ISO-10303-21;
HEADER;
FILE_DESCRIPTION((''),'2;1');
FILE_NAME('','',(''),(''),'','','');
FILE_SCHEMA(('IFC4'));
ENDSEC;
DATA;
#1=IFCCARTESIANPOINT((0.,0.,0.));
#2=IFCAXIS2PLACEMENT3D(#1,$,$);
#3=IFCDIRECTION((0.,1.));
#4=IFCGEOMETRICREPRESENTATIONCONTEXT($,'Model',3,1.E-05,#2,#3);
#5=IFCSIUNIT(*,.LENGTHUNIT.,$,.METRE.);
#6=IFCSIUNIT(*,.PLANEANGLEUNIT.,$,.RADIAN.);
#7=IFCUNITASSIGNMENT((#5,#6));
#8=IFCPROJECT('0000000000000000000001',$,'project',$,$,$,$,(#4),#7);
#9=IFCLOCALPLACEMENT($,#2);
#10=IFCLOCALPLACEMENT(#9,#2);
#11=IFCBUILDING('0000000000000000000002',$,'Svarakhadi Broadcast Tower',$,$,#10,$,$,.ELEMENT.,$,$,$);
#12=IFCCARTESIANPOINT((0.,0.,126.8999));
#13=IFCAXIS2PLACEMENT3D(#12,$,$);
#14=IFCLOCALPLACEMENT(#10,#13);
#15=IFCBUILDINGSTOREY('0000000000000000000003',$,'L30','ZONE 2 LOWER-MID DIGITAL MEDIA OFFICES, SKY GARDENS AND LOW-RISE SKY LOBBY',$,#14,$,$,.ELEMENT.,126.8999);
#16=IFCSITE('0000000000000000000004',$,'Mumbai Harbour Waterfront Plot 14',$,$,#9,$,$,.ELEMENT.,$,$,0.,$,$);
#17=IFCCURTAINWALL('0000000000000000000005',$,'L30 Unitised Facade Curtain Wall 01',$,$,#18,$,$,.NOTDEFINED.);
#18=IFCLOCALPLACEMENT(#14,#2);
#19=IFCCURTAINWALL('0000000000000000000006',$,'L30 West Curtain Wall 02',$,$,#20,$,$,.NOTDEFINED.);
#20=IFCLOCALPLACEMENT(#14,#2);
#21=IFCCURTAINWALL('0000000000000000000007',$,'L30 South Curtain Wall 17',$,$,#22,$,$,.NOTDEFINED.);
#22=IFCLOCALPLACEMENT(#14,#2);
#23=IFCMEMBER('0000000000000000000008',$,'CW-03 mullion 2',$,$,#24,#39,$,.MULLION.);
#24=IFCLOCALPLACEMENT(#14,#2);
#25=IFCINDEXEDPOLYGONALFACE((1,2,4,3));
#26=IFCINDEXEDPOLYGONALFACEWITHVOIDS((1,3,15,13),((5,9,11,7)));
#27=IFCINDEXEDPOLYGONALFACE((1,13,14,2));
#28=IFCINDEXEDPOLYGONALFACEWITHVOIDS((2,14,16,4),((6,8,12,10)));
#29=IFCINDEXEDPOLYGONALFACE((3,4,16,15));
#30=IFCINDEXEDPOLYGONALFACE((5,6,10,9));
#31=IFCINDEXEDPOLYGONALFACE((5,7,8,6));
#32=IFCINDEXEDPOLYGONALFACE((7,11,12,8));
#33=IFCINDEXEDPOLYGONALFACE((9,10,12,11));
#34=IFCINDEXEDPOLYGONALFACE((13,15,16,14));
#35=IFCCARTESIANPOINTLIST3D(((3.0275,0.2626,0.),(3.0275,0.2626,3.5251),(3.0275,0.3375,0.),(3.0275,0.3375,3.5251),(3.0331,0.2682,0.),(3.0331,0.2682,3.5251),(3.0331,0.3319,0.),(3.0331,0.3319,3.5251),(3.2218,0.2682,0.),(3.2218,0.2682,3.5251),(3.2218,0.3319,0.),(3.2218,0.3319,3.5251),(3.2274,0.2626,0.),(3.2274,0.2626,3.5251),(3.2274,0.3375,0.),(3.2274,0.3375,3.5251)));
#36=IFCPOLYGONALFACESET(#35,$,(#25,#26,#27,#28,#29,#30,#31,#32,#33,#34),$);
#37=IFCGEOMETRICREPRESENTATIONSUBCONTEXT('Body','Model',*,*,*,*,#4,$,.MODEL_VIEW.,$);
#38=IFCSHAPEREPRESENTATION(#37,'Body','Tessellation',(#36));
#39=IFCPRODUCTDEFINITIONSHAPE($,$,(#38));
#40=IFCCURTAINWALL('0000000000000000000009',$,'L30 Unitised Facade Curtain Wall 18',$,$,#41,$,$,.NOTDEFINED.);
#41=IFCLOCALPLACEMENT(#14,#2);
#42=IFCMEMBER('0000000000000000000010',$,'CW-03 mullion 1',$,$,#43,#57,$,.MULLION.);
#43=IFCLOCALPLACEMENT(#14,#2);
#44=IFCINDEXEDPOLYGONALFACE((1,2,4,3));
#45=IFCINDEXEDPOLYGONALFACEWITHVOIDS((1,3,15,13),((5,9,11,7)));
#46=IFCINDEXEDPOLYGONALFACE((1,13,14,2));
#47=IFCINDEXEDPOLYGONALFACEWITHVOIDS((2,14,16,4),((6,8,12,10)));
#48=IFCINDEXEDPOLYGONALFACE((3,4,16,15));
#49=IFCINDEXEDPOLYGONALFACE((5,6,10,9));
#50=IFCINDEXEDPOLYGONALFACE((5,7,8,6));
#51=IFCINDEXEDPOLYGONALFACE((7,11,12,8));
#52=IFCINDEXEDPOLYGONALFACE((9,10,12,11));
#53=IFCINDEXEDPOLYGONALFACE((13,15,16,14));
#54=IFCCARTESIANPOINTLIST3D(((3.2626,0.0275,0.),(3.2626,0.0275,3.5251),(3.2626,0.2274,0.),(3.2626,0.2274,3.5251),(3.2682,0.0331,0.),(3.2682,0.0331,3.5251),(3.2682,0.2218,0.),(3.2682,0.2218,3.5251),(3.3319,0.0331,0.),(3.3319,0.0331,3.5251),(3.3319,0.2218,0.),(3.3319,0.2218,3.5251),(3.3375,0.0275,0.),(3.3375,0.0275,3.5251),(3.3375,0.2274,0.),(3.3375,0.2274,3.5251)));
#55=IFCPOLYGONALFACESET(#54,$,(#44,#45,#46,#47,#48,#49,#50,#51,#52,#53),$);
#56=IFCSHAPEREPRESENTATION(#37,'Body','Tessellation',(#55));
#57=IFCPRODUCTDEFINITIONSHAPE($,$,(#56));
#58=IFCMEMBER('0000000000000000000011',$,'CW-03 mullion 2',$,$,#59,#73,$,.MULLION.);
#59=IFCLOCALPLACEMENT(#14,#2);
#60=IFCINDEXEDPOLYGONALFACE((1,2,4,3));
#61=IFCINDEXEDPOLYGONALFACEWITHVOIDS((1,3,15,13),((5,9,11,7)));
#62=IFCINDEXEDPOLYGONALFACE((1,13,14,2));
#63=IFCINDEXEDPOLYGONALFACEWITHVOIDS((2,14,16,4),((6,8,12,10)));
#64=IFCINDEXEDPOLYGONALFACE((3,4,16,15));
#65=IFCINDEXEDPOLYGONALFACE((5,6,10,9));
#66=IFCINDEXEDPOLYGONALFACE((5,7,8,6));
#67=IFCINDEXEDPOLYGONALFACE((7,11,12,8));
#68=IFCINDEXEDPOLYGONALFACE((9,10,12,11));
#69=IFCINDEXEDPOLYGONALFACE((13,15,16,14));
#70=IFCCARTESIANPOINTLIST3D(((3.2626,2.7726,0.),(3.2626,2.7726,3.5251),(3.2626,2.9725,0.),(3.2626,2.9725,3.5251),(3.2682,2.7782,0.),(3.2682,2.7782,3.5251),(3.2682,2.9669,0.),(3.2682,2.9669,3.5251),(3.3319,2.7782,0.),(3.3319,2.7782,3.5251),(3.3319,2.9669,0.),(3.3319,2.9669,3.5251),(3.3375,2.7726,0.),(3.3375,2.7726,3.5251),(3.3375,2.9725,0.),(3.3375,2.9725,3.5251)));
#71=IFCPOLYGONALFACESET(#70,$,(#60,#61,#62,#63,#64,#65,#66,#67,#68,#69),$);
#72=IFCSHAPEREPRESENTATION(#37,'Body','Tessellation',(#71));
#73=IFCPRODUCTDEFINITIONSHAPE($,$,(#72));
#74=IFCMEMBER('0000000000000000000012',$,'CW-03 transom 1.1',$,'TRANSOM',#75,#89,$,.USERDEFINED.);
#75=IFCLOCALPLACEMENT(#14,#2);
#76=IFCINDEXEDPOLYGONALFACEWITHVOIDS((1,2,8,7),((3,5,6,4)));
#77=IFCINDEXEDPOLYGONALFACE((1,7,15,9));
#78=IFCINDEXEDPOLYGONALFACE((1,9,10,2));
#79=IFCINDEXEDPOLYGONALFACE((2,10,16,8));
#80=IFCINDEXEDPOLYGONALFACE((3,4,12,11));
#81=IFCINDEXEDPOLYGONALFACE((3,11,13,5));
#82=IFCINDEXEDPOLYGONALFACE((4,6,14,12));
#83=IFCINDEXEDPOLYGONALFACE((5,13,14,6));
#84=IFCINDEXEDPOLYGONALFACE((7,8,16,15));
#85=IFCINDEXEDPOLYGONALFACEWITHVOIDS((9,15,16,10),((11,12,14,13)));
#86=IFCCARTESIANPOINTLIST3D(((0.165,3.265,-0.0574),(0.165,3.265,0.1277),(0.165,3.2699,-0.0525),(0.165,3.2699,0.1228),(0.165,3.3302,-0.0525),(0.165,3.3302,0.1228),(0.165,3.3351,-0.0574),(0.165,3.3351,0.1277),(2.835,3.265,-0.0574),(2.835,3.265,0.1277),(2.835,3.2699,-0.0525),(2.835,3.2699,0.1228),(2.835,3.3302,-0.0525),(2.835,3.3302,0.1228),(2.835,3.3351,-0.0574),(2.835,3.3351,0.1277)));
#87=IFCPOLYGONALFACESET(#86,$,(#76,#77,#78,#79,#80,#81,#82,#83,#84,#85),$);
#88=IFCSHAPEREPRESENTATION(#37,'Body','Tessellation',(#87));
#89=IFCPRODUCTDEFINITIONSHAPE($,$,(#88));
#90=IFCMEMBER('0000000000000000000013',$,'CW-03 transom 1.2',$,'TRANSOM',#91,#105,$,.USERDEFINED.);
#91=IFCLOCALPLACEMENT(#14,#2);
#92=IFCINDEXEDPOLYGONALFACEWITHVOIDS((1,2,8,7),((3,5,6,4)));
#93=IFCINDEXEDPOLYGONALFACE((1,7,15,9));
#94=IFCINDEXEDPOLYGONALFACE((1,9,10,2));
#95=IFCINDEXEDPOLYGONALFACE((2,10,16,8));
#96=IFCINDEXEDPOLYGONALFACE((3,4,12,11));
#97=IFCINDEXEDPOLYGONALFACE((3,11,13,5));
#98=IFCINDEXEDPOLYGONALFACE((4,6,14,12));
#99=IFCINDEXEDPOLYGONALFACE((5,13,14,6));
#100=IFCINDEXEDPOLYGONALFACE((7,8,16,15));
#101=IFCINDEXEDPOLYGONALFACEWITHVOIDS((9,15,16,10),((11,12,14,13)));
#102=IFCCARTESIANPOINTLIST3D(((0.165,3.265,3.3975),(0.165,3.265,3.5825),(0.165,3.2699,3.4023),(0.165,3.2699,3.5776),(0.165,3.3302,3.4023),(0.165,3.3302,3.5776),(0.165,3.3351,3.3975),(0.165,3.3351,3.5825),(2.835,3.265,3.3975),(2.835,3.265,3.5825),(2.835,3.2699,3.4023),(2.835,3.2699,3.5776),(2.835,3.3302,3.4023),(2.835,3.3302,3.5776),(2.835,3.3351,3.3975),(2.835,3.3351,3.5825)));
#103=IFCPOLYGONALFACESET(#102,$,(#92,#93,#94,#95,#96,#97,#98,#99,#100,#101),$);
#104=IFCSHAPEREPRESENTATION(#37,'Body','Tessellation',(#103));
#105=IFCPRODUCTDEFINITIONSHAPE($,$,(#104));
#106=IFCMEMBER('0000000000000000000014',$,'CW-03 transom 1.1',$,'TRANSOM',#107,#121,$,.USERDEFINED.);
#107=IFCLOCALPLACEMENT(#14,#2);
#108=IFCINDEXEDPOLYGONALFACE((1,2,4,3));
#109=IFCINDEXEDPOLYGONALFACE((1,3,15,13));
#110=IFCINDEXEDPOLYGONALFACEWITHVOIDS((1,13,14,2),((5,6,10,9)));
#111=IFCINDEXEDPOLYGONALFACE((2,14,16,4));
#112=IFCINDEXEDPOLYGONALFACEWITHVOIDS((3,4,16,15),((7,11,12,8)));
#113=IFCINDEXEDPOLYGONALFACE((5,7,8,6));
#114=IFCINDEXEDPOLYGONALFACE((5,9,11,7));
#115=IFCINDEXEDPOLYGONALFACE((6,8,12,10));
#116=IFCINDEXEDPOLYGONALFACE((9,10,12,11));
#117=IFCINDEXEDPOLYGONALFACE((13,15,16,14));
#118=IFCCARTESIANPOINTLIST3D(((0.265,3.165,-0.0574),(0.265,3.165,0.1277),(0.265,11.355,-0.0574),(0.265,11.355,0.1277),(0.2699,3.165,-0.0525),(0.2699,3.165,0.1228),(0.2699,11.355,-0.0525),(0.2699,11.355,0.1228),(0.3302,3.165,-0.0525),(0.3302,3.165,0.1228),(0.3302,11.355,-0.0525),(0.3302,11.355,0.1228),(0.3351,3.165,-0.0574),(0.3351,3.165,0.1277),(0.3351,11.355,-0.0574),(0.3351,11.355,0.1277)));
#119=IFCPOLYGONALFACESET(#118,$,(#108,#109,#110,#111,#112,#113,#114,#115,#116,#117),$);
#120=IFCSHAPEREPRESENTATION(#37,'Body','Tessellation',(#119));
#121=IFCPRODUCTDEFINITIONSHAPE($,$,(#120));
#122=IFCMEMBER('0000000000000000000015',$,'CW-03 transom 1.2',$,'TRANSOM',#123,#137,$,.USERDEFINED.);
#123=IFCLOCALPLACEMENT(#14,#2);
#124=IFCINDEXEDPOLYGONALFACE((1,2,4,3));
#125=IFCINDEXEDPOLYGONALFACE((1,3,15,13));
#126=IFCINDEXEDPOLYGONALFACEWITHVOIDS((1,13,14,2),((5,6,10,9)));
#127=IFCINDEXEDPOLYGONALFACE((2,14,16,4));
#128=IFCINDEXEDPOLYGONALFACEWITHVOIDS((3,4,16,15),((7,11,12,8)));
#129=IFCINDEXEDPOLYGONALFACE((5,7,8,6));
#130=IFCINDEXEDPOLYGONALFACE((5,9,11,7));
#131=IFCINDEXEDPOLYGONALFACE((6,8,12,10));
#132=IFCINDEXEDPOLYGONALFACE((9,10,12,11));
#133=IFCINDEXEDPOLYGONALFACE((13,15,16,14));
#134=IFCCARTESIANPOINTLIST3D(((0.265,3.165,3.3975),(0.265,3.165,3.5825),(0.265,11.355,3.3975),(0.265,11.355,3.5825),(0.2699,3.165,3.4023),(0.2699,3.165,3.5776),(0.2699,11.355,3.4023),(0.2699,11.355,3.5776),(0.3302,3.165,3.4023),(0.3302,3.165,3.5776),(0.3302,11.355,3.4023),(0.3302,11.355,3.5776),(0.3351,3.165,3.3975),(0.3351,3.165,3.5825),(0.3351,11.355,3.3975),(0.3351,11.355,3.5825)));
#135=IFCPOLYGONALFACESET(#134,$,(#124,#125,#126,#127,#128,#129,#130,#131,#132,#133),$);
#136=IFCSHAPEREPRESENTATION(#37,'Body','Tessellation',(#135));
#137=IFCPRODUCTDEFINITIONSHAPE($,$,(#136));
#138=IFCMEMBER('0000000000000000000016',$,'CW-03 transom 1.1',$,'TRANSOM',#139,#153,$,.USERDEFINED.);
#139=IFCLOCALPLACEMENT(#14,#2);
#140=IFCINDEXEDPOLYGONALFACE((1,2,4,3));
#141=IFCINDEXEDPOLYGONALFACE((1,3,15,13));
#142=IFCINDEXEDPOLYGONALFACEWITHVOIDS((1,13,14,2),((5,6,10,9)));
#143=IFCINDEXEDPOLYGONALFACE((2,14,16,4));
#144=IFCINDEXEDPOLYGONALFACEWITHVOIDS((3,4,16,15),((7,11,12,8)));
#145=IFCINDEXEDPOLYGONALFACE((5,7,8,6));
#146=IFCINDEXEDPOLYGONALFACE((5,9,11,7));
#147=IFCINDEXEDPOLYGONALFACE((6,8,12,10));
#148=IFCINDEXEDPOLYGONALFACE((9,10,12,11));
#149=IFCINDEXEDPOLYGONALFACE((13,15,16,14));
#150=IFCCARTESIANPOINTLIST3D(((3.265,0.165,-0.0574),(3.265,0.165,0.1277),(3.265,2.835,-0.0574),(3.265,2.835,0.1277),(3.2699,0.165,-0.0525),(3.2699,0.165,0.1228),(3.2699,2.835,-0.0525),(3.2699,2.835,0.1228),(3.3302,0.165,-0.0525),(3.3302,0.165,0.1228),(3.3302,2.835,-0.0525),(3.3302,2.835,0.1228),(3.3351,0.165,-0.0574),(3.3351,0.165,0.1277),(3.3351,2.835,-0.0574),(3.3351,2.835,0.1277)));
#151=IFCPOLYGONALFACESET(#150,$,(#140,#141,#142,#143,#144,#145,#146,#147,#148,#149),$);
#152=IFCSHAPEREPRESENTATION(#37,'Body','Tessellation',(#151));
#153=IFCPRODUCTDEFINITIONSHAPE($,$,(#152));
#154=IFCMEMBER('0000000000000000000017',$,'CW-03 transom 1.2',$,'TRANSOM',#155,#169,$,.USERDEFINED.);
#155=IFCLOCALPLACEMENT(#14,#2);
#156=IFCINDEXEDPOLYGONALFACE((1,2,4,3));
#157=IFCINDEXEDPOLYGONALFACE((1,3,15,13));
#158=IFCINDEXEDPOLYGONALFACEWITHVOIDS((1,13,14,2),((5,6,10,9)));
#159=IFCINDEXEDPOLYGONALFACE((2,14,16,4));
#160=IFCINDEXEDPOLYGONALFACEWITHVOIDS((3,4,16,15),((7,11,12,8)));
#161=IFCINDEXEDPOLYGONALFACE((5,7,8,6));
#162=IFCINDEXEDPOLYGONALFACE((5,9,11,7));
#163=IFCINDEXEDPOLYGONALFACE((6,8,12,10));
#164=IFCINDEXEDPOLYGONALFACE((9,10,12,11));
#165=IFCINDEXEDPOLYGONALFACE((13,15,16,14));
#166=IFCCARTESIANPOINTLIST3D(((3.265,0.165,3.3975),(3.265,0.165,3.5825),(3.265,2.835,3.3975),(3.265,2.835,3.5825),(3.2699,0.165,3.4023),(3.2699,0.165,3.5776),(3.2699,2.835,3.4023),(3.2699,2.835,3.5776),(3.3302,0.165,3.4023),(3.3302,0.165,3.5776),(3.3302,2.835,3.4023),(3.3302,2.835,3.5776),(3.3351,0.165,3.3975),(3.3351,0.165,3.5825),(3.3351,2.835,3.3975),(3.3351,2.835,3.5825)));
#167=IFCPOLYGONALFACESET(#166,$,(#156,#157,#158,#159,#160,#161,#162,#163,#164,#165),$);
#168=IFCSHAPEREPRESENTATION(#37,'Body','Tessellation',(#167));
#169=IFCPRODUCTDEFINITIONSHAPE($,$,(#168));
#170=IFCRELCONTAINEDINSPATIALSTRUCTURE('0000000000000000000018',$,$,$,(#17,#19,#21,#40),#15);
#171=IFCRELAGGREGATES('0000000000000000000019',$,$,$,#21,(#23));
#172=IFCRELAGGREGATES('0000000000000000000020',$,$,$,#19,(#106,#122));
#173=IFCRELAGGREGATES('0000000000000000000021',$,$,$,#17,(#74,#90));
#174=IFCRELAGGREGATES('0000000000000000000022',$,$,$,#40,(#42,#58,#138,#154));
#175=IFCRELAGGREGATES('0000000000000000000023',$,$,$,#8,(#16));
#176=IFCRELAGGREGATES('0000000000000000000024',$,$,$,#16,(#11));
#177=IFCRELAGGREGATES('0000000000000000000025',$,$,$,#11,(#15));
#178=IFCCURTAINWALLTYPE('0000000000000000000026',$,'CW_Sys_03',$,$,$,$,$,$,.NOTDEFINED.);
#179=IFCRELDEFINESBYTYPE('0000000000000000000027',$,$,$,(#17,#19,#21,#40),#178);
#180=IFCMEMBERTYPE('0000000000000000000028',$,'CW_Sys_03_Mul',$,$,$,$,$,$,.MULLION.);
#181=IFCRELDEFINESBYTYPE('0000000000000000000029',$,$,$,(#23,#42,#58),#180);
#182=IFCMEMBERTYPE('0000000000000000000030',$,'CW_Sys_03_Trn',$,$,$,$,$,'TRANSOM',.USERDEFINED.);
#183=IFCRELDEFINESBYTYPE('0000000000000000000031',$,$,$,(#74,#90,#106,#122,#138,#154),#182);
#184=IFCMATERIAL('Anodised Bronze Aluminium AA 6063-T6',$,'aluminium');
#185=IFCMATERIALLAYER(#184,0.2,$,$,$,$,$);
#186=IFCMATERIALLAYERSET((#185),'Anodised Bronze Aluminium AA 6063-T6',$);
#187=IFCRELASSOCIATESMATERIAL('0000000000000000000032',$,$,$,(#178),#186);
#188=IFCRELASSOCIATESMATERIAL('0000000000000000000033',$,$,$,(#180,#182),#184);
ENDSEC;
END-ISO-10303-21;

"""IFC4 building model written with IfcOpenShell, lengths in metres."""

from ifc_helpers import new_model, si_unit, direction, frame, origin, origin_2d, place, context, subcontext, project, spatial, hollow_rectangle, extrude, material, layer, layer_set, material_profile, profile_set, type_object, element, aggregate, save


model = new_model("IFC4")

# Units and contexts
model_context = context("Model", 3, precision=1e-05, world=origin(), true_north=direction((0.0, 1.0)))
body_context = subcontext(model_context, "Body", "Model", "MODEL_VIEW")
ifc_project = project(units=[si_unit("LENGTHUNIT", "METRE"), si_unit("PLANEANGLEUNIT", "RADIAN")], contexts=[model_context])

# Site, building, storey
site_placement = place(None, origin())
site = spatial("IfcSite", under=ifc_project, at=site_placement, Name="Mumbai Harbour Waterfront Plot 14", CompositionType="ELEMENT", RefElevation=0.0)
building_placement = place(site_placement, origin())
building = spatial("IfcBuilding", under=site, at=building_placement, Name="Svarakhadi Broadcast Tower", CompositionType="ELEMENT")
storey_placement = place(building_placement, frame((0.0, 0.0, 126.8999)))
storey = spatial("IfcBuildingStorey", under=building, at=storey_placement, Name="L30", Description="ZONE 2 LOWER-MID DIGITAL MEDIA OFFICES, SKY GARDENS AND LOW-RISE SKY LOBBY", CompositionType="ELEMENT", Elevation=126.8999)

# Curtain wall
ifc_material_1 = material(Name="Anodised Bronze Aluminium AA 6063-T6", Category="aluminium")
ifc_layer_1 = layer(ifc_material_1, 0.2)
ifc_layer_set_1 = layer_set([ifc_layer_1], Name="Anodised Bronze Aluminium AA 6063-T6")
curtain_wall_type = type_object("IfcCurtainWallType", Name="CW_Sys_03", PredefinedType="NOTDEFINED", material=ifc_layer_set_1)
curtain_wall_1_placement = place(storey_placement, origin())
curtain_wall_1 = element("IfcCurtainWall", 1, at=curtain_wall_1_placement, inside=storey, type_object=curtain_wall_type, Name="L30 Unitised Facade Curtain Wall 01", PredefinedType="NOTDEFINED")
ifc_material_profile_1 = material_profile(ifc_material_1, hollow_rectangle(XDim=0.075, YDim=0.2, WallThickness=0.0056, at=origin_2d()), Name="ALU MULLION 200x75x6")
ifc_profile_set_1 = profile_set([ifc_material_profile_1], Name="Anodised Bronze Aluminium AA 6063-T6")
member_type_1 = type_object("IfcMemberType", Name="CW_Sys_03_Mul", PredefinedType="MULLION", material=ifc_profile_set_1)

# Curtain walls, member
curtain_wall_2_placement = place(storey_placement, origin())
curtain_wall_2 = element("IfcCurtainWall", 2, at=curtain_wall_2_placement, inside=storey, type_object=curtain_wall_type, Name="L30 West Curtain Wall 02", PredefinedType="NOTDEFINED")
curtain_wall_3_placement = place(storey_placement, origin())
curtain_wall_3 = element("IfcCurtainWall", 3, at=curtain_wall_3_placement, inside=storey, type_object=curtain_wall_type, Name="L30 South Curtain Wall 17", PredefinedType="NOTDEFINED")
member_1_placement = place(storey_placement, frame((3.1274, 0.3, 0.0), z_axis=(0.0, 0.0, 1.0), x_axis=(0.0, -1.0, 0.0)))
member_1 = element("IfcMember", 4, at=member_1_placement, type_object=member_type_1, Name="CW-03 mullion 2", PredefinedType="MULLION", context=body_context, shape_type="SweptSolid", body=[
    extrude(hollow_rectangle(XDim=0.075, YDim=0.2, WallThickness=0.0056, at=origin_2d()), origin(), (0.0, 0.0, 1.0), 3.5251),
])
aggregate(curtain_wall_3, [member_1])

# Curtain wall, members
curtain_wall_4_placement = place(storey_placement, origin())
curtain_wall_4 = element("IfcCurtainWall", 5, at=curtain_wall_4_placement, inside=storey, type_object=curtain_wall_type, Name="L30 Unitised Facade Curtain Wall 18", PredefinedType="NOTDEFINED")
member_2_placement = place(storey_placement, frame((3.3, 0.1274, 0.0), z_axis=(0.0, 0.0, 1.0), x_axis=(-1.0, 0.0, 0.0)))
member_2 = element("IfcMember", 6, at=member_2_placement, type_object=member_type_1, Name="CW-03 mullion 1", PredefinedType="MULLION", context=body_context, shape_type="SweptSolid", body=[
    extrude(hollow_rectangle(XDim=0.075, YDim=0.2, WallThickness=0.0056, at=origin_2d()), origin(), (0.0, 0.0, 1.0), 3.5251),
])
member_3_placement = place(storey_placement, frame((3.3, 2.8726, 0.0), z_axis=(0.0, 0.0, 1.0), x_axis=(-1.0, 0.0, 0.0)))
member_3 = element("IfcMember", 7, at=member_3_placement, type_object=member_type_1, Name="CW-03 mullion 2", PredefinedType="MULLION", context=body_context, shape_type="SweptSolid", body=[
    extrude(hollow_rectangle(XDim=0.075, YDim=0.2, WallThickness=0.0056, at=origin_2d()), origin(), (0.0, 0.0, 1.0), 3.5251),
])

# Members
ifc_material_profile_2 = material_profile(ifc_material_1, hollow_rectangle(XDim=0.0701, YDim=0.1851, WallThickness=0.0049, at=origin_2d()), Name="ALU TRANSOM 185x70x5")
ifc_profile_set_2 = profile_set([ifc_material_profile_2], Name="Anodised Bronze Aluminium AA 6063-T6")
member_type_2 = type_object("IfcMemberType", Name="CW_Sys_03_Trn", ElementType="TRANSOM", PredefinedType="USERDEFINED", material=ifc_profile_set_2)
member_4_placement = place(storey_placement, frame((2.835, 3.3, 0.0352), z_axis=(-1.0, 0.0, 0.0), x_axis=(0.0, -1.0, 0.0)))
member_4 = element("IfcMember", 8, at=member_4_placement, type_object=member_type_2, Name="CW-03 transom 1.1", ObjectType="TRANSOM", PredefinedType="USERDEFINED", context=body_context, shape_type="SweptSolid", body=[
    extrude(hollow_rectangle(XDim=0.0701, YDim=0.1851, WallThickness=0.0049, at=origin_2d()), origin(), (0.0, 0.0, 1.0), 2.6699),
])
member_5_placement = place(storey_placement, frame((2.835, 3.3, 3.49), z_axis=(-1.0, 0.0, 0.0), x_axis=(0.0, -1.0, 0.0)))
member_5 = element("IfcMember", 9, at=member_5_placement, type_object=member_type_2, Name="CW-03 transom 1.2", ObjectType="TRANSOM", PredefinedType="USERDEFINED", context=body_context, shape_type="SweptSolid", body=[
    extrude(hollow_rectangle(XDim=0.0701, YDim=0.1851, WallThickness=0.0049, at=origin_2d()), origin(), (0.0, 0.0, 1.0), 2.6699),
])
member_6_placement = place(storey_placement, frame((0.3, 3.165, 0.0352), z_axis=(0.0, 1.0, 0.0), x_axis=(-1.0, 0.0, 0.0)))
member_6 = element("IfcMember", 10, at=member_6_placement, type_object=member_type_2, Name="CW-03 transom 1.1", ObjectType="TRANSOM", PredefinedType="USERDEFINED", context=body_context, shape_type="SweptSolid", body=[
    extrude(hollow_rectangle(XDim=0.0701, YDim=0.1851, WallThickness=0.0049, at=origin_2d()), origin(), (0.0, 0.0, 1.0), 8.1899),
])
member_7_placement = place(storey_placement, frame((0.3, 3.165, 3.49), z_axis=(0.0, 1.0, 0.0), x_axis=(-1.0, 0.0, 0.0)))
member_7 = element("IfcMember", 11, at=member_7_placement, type_object=member_type_2, Name="CW-03 transom 1.2", ObjectType="TRANSOM", PredefinedType="USERDEFINED", context=body_context, shape_type="SweptSolid", body=[
    extrude(hollow_rectangle(XDim=0.0701, YDim=0.1851, WallThickness=0.0049, at=origin_2d()), origin(), (0.0, 0.0, 1.0), 8.1899),
])
aggregate(curtain_wall_2, [member_6, member_7])
member_8_placement = place(storey_placement, frame((3.3, 0.165, 0.0352), z_axis=(0.0, 1.0, 0.0), x_axis=(-1.0, 0.0, 0.0)))
member_8 = element("IfcMember", 12, at=member_8_placement, type_object=member_type_2, Name="CW-03 transom 1.1", ObjectType="TRANSOM", PredefinedType="USERDEFINED", context=body_context, shape_type="SweptSolid", body=[
    extrude(hollow_rectangle(XDim=0.0701, YDim=0.1851, WallThickness=0.0049, at=origin_2d()), origin(), (0.0, 0.0, 1.0), 2.6699),
])
member_9_placement = place(storey_placement, frame((3.3, 0.165, 3.49), z_axis=(0.0, 1.0, 0.0), x_axis=(-1.0, 0.0, 0.0)))
member_9 = element("IfcMember", 13, at=member_9_placement, type_object=member_type_2, Name="CW-03 transom 1.2", ObjectType="TRANSOM", PredefinedType="USERDEFINED", context=body_context, shape_type="SweptSolid", body=[
    extrude(hollow_rectangle(XDim=0.0701, YDim=0.1851, WallThickness=0.0049, at=origin_2d()), origin(), (0.0, 0.0, 1.0), 2.6699),
])

aggregate(curtain_wall_1, [member_4, member_5])
aggregate(curtain_wall_4, [member_2, member_3, member_8, member_9])

save(model, "model.ifc")
